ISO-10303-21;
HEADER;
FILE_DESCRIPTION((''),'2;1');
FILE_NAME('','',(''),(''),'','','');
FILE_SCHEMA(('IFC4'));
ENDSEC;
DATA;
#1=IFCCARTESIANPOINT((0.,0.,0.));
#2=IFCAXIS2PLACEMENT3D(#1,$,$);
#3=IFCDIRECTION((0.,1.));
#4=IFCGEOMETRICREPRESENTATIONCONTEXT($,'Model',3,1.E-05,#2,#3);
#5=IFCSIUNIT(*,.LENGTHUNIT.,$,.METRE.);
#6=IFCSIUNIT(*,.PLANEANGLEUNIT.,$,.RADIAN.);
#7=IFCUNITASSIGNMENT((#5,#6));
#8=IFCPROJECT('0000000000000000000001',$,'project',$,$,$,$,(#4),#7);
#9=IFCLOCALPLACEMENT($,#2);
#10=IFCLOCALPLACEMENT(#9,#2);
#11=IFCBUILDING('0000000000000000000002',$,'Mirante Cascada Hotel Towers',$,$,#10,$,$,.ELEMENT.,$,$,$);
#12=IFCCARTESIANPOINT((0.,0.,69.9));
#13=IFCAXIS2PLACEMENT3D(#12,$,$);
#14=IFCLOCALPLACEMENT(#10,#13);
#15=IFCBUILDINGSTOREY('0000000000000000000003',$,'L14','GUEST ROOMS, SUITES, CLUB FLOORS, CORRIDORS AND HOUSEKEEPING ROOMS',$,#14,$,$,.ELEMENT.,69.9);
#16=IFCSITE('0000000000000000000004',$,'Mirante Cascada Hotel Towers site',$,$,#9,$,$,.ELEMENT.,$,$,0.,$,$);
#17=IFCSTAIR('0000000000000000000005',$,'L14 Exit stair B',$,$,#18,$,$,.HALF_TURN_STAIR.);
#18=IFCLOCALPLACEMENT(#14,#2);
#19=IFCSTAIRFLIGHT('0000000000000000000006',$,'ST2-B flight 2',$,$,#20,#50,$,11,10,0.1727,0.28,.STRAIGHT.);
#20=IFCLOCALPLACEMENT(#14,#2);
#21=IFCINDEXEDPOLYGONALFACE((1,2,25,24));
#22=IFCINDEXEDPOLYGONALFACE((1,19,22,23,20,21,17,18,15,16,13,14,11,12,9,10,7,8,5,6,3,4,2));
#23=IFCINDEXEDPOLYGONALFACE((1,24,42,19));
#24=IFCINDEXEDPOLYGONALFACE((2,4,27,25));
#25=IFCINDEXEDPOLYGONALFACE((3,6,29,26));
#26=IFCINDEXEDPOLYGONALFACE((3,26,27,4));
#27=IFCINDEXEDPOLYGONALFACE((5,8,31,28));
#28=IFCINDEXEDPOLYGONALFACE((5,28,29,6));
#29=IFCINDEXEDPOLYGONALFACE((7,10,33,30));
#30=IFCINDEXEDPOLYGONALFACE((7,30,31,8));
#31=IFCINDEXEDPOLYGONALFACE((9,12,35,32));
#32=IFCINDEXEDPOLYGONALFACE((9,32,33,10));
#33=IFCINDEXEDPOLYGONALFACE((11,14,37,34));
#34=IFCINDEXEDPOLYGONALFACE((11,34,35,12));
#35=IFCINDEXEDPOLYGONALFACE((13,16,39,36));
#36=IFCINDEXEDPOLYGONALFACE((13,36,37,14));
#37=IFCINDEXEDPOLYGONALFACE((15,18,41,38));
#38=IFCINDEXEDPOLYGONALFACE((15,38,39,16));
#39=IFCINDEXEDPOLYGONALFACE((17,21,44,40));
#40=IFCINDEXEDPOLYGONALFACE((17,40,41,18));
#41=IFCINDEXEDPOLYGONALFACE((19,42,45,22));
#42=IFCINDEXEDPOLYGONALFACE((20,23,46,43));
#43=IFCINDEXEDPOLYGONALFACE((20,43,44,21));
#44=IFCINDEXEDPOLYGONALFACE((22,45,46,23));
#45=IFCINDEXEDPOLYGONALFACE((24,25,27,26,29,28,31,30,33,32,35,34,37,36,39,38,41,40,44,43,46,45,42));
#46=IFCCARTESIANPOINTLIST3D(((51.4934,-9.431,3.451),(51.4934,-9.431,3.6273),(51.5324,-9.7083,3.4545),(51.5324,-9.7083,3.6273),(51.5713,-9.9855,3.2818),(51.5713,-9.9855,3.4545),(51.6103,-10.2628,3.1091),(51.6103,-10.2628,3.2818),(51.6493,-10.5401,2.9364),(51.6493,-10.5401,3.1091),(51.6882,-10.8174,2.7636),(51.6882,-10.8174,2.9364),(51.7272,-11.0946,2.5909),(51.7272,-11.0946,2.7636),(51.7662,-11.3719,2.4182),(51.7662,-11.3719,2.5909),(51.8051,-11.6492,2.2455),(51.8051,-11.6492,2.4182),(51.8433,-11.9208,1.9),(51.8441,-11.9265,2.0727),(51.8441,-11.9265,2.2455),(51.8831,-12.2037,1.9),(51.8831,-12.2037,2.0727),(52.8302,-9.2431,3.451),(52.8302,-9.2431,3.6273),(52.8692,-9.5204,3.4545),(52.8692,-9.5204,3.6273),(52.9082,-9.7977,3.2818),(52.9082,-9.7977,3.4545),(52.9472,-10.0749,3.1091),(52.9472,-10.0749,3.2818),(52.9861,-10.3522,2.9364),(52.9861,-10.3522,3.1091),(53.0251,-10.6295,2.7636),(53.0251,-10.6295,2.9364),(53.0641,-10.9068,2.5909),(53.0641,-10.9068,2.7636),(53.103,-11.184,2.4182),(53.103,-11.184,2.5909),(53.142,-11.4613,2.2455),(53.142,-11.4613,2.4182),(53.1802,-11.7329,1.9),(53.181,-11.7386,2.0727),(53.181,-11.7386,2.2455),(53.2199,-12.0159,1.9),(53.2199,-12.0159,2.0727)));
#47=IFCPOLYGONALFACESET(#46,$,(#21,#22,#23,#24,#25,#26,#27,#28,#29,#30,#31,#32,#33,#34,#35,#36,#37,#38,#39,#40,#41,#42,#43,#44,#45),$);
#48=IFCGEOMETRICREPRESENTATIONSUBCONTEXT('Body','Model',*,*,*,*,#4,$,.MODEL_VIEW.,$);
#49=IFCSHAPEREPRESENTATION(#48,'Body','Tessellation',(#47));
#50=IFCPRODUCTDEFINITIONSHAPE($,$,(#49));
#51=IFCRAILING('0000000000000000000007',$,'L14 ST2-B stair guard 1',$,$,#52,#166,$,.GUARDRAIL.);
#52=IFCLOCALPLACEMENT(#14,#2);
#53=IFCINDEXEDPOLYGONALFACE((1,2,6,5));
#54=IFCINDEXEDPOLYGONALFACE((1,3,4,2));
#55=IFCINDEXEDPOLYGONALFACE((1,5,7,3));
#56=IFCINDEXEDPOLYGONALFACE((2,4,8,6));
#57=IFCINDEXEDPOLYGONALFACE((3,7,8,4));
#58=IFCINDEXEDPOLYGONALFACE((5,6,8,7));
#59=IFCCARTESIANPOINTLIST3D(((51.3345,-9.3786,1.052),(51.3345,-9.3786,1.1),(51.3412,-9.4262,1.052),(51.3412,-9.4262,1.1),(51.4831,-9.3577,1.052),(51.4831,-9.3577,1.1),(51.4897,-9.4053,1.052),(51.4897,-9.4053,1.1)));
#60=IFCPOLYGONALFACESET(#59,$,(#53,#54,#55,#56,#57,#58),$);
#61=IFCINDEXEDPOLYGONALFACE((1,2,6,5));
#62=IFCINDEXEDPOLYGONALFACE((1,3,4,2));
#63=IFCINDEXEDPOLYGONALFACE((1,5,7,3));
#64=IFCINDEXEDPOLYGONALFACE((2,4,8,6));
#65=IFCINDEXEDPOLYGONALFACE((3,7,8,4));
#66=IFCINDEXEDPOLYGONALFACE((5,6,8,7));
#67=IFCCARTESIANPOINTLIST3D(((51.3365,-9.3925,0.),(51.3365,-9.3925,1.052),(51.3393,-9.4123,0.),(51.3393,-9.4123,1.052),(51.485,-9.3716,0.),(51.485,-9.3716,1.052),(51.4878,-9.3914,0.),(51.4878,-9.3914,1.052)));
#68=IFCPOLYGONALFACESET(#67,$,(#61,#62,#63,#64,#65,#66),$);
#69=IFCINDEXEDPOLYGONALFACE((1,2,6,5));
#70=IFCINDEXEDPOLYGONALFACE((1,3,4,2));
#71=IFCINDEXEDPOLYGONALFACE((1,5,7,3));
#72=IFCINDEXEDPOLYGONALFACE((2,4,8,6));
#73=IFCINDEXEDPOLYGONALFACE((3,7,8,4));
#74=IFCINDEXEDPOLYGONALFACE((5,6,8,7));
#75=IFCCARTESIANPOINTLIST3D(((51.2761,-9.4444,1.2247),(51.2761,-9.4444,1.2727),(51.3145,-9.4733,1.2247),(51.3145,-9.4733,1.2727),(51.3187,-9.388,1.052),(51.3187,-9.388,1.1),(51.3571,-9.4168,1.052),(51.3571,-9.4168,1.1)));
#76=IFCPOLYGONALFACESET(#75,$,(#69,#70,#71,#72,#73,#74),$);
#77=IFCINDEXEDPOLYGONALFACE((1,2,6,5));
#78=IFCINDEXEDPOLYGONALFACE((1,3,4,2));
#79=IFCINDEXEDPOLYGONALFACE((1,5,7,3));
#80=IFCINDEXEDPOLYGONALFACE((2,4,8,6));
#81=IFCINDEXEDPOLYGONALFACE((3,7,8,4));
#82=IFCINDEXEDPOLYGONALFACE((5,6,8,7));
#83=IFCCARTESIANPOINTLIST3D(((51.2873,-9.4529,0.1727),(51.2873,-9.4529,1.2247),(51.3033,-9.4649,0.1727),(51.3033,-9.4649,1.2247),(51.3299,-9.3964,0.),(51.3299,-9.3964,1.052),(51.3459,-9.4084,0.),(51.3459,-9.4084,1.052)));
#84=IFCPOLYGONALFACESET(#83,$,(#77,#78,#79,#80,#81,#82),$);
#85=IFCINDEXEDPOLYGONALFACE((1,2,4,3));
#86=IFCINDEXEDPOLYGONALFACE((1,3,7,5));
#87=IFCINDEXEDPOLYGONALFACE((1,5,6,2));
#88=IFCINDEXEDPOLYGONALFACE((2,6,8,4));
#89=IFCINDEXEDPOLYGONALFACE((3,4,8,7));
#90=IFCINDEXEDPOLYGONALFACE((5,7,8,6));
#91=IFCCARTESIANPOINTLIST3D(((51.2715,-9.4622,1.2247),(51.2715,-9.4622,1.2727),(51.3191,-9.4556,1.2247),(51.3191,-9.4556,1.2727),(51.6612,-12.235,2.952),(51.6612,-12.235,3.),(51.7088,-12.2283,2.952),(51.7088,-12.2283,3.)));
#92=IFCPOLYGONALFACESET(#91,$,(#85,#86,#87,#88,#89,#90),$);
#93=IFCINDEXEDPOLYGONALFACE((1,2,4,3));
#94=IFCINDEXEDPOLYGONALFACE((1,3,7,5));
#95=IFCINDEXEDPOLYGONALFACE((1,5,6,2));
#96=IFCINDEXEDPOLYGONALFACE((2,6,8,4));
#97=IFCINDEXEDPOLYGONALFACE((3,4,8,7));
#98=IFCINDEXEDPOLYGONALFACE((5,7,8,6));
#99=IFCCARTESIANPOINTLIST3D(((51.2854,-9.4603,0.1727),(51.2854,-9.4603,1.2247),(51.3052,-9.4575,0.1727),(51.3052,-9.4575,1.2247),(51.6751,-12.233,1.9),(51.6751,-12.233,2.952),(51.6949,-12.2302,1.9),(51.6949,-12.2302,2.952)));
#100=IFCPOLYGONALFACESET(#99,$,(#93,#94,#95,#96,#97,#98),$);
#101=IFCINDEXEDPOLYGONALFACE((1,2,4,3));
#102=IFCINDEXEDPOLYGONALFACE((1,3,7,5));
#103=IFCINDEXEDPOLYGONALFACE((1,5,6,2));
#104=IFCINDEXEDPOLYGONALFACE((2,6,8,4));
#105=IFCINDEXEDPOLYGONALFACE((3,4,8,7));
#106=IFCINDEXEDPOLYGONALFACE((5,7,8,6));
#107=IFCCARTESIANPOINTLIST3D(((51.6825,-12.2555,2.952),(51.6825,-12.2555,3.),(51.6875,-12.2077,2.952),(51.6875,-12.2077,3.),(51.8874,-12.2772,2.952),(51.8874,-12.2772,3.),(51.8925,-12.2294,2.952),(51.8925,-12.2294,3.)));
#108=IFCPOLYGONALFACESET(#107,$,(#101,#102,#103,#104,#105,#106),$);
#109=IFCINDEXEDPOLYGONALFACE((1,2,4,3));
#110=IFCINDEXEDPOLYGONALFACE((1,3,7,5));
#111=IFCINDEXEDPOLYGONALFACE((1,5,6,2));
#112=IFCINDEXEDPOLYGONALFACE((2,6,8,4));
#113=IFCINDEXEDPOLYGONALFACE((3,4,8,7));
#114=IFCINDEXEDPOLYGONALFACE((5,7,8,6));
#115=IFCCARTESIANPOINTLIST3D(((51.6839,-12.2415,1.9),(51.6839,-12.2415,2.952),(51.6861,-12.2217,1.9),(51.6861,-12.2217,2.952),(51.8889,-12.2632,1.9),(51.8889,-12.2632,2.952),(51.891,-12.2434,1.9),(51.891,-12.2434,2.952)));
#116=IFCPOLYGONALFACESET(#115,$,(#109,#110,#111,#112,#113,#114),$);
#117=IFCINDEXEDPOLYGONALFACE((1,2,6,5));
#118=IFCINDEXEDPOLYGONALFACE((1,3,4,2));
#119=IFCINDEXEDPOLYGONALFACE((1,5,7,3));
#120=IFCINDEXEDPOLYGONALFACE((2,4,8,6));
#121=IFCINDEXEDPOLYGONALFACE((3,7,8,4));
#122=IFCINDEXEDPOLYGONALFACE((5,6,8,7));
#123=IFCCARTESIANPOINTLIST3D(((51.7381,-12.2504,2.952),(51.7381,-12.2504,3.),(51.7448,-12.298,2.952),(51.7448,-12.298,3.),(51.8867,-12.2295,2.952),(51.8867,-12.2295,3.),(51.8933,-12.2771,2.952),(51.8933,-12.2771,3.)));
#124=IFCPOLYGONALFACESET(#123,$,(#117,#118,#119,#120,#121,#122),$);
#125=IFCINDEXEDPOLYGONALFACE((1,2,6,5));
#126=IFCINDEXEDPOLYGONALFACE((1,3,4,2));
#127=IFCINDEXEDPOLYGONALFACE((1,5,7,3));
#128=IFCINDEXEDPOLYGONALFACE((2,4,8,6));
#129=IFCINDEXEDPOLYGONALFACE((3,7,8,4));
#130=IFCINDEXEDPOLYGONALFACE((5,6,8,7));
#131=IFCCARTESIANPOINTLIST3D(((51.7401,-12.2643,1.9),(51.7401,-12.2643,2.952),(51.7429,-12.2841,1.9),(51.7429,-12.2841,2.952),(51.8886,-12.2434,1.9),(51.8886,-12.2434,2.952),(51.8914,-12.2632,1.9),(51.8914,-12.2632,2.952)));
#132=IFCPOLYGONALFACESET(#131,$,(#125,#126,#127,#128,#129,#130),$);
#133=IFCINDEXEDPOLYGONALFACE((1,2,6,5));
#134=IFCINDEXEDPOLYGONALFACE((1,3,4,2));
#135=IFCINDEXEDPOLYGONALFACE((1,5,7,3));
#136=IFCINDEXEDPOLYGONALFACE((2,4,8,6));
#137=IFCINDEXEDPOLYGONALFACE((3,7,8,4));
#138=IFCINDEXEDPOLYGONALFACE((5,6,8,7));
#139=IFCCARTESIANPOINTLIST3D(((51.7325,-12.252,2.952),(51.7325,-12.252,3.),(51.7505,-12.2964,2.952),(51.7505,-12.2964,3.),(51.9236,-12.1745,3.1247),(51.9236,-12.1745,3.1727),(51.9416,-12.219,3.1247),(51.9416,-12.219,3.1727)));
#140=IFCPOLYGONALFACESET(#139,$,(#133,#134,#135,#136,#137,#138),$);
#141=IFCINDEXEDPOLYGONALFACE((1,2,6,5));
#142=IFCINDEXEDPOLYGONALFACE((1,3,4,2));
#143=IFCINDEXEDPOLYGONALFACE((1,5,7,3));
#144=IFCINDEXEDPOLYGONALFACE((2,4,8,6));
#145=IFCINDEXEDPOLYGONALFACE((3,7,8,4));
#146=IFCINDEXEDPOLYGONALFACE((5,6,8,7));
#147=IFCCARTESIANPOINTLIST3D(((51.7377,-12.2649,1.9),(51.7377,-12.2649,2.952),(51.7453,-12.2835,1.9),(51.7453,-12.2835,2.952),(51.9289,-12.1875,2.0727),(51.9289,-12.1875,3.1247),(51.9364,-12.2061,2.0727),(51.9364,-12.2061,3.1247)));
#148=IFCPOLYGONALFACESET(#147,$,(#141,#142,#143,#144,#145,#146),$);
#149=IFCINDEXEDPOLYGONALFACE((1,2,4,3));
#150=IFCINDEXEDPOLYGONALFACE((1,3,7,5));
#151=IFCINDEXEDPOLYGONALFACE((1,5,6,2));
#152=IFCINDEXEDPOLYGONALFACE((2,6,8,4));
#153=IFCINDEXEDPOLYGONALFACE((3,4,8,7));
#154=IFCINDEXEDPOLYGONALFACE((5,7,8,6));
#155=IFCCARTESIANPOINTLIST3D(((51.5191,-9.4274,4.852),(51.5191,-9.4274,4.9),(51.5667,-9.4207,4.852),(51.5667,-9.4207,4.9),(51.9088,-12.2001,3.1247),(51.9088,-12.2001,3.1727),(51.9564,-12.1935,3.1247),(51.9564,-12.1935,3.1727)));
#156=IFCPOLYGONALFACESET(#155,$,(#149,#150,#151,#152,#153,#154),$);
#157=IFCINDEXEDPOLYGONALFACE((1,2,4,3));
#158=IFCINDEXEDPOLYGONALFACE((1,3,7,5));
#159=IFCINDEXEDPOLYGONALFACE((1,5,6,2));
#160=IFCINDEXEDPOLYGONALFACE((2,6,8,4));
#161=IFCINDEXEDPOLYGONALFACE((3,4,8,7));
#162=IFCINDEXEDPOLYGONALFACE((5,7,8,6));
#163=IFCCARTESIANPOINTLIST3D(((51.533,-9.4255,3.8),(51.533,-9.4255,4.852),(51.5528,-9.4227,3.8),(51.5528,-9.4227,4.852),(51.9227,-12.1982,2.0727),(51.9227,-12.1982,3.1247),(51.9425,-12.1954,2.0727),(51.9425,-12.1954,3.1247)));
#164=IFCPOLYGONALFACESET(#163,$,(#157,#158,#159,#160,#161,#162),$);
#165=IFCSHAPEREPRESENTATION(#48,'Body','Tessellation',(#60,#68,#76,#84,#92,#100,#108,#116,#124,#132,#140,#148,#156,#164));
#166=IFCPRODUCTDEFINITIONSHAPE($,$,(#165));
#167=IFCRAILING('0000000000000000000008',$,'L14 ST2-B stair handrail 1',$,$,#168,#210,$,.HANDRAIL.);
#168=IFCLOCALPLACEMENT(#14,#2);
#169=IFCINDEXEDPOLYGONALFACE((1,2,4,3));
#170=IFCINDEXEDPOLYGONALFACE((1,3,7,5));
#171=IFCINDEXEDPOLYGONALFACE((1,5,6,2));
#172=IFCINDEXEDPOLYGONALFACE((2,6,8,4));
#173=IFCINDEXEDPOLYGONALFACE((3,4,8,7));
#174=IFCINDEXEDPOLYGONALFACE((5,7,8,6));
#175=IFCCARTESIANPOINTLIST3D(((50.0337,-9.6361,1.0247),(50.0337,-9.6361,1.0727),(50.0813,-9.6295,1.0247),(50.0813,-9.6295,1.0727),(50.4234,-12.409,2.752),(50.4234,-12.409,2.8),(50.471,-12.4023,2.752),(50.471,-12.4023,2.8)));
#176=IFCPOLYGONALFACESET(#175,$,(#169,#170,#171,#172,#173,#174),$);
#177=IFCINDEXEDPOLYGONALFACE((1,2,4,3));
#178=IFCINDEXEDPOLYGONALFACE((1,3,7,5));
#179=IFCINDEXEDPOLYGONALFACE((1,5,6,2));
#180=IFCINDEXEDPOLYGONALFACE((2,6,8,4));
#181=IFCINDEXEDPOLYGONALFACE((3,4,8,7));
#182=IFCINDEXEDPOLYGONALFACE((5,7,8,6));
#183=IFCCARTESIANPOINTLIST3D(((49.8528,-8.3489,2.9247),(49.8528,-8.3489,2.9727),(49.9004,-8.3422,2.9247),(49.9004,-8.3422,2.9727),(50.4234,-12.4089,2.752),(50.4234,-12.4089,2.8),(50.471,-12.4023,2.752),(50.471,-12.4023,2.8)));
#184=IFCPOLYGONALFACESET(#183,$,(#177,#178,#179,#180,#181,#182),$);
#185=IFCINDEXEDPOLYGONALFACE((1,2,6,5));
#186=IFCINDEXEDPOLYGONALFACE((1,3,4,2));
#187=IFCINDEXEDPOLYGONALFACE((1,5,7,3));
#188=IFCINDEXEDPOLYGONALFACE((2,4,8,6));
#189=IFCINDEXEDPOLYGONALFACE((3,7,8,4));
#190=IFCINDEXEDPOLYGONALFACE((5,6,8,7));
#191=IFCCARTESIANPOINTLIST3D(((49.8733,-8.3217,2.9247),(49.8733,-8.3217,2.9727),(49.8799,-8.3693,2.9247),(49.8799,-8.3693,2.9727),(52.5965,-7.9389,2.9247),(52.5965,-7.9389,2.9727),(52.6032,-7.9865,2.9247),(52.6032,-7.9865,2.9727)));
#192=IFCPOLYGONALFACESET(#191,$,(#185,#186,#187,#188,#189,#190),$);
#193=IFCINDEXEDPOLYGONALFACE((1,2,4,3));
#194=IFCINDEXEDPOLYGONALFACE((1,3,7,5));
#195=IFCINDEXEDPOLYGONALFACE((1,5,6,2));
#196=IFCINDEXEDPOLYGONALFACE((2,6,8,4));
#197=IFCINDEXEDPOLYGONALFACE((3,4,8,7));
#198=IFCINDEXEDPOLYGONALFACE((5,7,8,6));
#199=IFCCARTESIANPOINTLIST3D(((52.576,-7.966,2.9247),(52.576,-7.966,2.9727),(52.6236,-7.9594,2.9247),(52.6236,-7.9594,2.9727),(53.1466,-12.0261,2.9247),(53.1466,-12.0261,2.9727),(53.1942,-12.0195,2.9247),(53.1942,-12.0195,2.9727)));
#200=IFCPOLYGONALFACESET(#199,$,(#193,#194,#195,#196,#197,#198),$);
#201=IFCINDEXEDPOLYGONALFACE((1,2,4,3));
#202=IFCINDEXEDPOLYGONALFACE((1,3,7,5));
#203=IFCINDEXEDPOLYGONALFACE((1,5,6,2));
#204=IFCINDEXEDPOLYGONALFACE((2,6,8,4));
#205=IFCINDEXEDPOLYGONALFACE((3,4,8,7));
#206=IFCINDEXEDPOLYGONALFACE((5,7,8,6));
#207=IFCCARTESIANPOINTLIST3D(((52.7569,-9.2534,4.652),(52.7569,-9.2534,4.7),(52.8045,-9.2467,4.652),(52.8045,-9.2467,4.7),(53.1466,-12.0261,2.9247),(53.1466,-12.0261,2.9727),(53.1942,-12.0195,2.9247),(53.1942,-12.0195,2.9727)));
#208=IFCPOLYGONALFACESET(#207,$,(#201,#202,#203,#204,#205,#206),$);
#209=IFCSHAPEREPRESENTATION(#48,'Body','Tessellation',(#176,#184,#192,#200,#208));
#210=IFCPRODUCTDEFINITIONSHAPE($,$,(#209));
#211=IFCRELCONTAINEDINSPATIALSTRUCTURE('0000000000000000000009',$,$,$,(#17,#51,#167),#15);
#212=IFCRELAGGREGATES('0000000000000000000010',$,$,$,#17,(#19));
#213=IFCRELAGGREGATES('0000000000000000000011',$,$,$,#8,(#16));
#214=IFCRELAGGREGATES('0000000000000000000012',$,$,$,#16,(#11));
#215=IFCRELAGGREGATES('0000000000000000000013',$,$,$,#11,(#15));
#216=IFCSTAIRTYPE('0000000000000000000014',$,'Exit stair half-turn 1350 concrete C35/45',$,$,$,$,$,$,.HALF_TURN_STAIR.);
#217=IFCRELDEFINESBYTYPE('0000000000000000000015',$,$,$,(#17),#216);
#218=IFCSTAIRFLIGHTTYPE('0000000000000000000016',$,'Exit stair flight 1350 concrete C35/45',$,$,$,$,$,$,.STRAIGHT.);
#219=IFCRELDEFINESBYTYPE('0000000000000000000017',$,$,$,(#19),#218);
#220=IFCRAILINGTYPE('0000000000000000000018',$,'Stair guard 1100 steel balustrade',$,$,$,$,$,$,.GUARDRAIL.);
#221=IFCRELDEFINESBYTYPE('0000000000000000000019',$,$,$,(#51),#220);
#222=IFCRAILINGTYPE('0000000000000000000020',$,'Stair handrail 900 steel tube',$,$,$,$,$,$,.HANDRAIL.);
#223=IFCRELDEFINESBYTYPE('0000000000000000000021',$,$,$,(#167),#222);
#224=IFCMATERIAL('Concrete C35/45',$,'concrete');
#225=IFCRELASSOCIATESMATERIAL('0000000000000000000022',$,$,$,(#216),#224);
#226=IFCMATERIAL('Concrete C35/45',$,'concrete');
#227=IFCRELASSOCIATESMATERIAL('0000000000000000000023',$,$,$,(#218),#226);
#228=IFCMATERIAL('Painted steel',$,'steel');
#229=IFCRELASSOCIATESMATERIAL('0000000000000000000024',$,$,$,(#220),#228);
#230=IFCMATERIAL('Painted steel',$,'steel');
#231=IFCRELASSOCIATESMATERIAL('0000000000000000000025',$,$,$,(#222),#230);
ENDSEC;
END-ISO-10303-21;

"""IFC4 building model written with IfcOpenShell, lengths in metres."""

from ifc_helpers import new_model, si_unit, direction, frame, origin, origin_2d, place, context, subcontext, project, spatial, polyline, rectangle, outline, extrude, material, type_object, element, aggregate, save


model = new_model("IFC4")

# Units and contexts
model_context = context("Model", 3, precision=1e-05, world=origin(), true_north=direction((0.0, 1.0)))
body_context = subcontext(model_context, "Body", "Model", "MODEL_VIEW")
ifc_project = project(units=[si_unit("LENGTHUNIT", "METRE"), si_unit("PLANEANGLEUNIT", "RADIAN")], contexts=[model_context])

# Site, building, storey
site_placement = place(None, origin())
site = spatial("IfcSite", under=ifc_project, at=site_placement, Name="Mirante Cascada Hotel Towers site", CompositionType="ELEMENT", RefElevation=0.0)
building_placement = place(site_placement, origin())
building = spatial("IfcBuilding", under=site, at=building_placement, Name="Mirante Cascada Hotel Towers", CompositionType="ELEMENT")
storey_placement = place(building_placement, frame((0.0, 0.0, 69.9)))
storey = spatial("IfcBuildingStorey", under=building, at=storey_placement, Name="L14", Description="GUEST ROOMS, SUITES, CLUB FLOORS, CORRIDORS AND HOUSEKEEPING ROOMS", CompositionType="ELEMENT", Elevation=69.9)

# Stair, stair flight
ifc_material_1 = material(Name="Concrete C35/45", Category="concrete")
stair_type = type_object("IfcStairType", Name="Exit stair half-turn 1350 concrete C35/45", PredefinedType="HALF_TURN_STAIR", material=ifc_material_1)
stair_placement = place(storey_placement, origin())
stair = element("IfcStair", 1, at=stair_placement, inside=storey, type_object=stair_type, Name="L14 Exit stair B", PredefinedType="HALF_TURN_STAIR")
ifc_material_2 = material(Name="Concrete C35/45", Category="concrete")
stair_flight_type = type_object("IfcStairFlightType", Name="Exit stair flight 1350 concrete C35/45", PredefinedType="STRAIGHT", material=ifc_material_2)
stair_flight_1_placement = place(storey_placement, frame((52.5515, -12.1098, 1.9), z_axis=(0.0, 0.0, 1.0), x_axis=(-0.139173, 0.990268, 0.0)))
stair_flight_1 = element("IfcStairFlight", 2, at=stair_flight_1_placement, type_object=stair_flight_type, Name="ST2-B flight 2", NumberOfRisers=11, NumberOfTreads=10, PredefinedType="STRAIGHT", RiserHeight=0.1727, TreadLength=0.28, context=body_context, shape_type="SweptSolid", body=[
    extrude(outline(polyline([(0.0, 0.0), (0.0, 0.1727), (0.28, 0.1727), (0.28, 0.3455), (0.56, 0.3455), (0.56, 0.5182), (0.84, 0.5182), (0.84, 0.6909), (1.12, 0.6909), (1.12, 0.8636), (1.4, 0.8636), (1.4, 1.0364), (1.68, 1.0364), (1.68, 1.2091), (1.96, 1.2091), (1.96, 1.3818), (2.24, 1.3818), (2.24, 1.5545), (2.52, 1.5545), (2.52, 1.7273), (2.8, 1.7273), (2.8, 1.9), (2.8, 1.551), (0.2857, 0.0), (0.0, 0.0)])), frame((0.0, 0.675, 0.0), z_axis=(0.0, -1.0, 0.0), x_axis=(1.0, 0.0, 0.0)), (0.0, 0.0, 1.0), 1.35),
])
aggregate(stair, [stair_flight_1])

# Railings
ifc_material_3 = material(Name="Painted steel", Category="steel")
railing_type_1 = type_object("IfcRailingType", Name="Stair guard 1100 steel balustrade", PredefinedType="GUARDRAIL", material=ifc_material_3)
railing_1_placement = place(storey_placement, frame((51.4864, -9.3815, 0.0)))
element("IfcRailing", 3, at=railing_1_placement, inside=storey, type_object=railing_type_1, Name="L14 ST2-B stair guard 1", PredefinedType="GUARDRAIL", context=body_context, shape_type="SweptSolid", body=[
    extrude(rectangle(XDim=0.048, YDim=0.048, at=origin_2d()), frame((0.0, 0.0, 1.076), z_axis=(-0.990241, -0.139367, 0.0), x_axis=(0.139367, -0.990241, 0.0)), (0.0, 0.0, 1.0), 0.15),
    extrude(rectangle(XDim=0.02, YDim=1.052, at=origin_2d()), frame((0.0, 0.0, 0.526), z_axis=(-0.990241, -0.139367, 0.0), x_axis=(0.139367, -0.990241, 0.0)), (0.0, 0.0, 1.0), 0.15),
    extrude(rectangle(XDim=0.048, YDim=0.048, at=origin_2d()), frame((-0.1485, -0.0209, 1.076), z_axis=(-0.602033, -0.798471, 0.0), x_axis=(0.798471, -0.602033, 0.0)), (0.0, 0.92534, 0.379139), 0.1866),
    extrude(rectangle(XDim=0.02, YDim=1.052, at=origin_2d()), frame((-0.1485, -0.0209, 0.526), z_axis=(-0.602033, -0.798471, 0.0), x_axis=(0.798471, -0.602033, 0.0)), (0.0, 0.92534, 0.379139), 0.1866),
    extrude(rectangle(XDim=0.048, YDim=0.048, at=origin_2d()), frame((-0.1911, -0.0774, 1.2487), z_axis=(0.139181, -0.990267, 0.0), x_axis=(0.990267, 0.139181, 0.0)), (0.0, 0.525035, 0.851081), 3.2899),
    extrude(rectangle(XDim=0.02, YDim=1.052, at=origin_2d()), frame((-0.1911, -0.0774, 0.6987), z_axis=(0.139181, -0.990267, 0.0), x_axis=(0.990267, 0.139181, 0.0)), (0.0, 0.525035, 0.851081), 3.2899),
    extrude(rectangle(XDim=0.048, YDim=0.048, at=origin_2d()), frame((0.1986, -2.8501, 2.976), z_axis=(0.994444, -0.105266, 0.0), x_axis=(0.105266, 0.994444, 0.0)), (0.0, 0.0, 1.0), 0.2061),
    extrude(rectangle(XDim=0.02, YDim=1.052, at=origin_2d()), frame((0.1986, -2.8501, 2.426), z_axis=(0.994444, -0.105266, 0.0), x_axis=(0.105266, 0.994444, 0.0)), (0.0, 0.0, 1.0), 0.2061),
    extrude(rectangle(XDim=0.048, YDim=0.048, at=origin_2d()), frame((0.4036, -2.8718, 2.976), z_axis=(-0.990241, -0.139367, 0.0), x_axis=(0.139367, -0.990241, 0.0)), (0.0, 0.0, 1.0), 0.15),
    extrude(rectangle(XDim=0.02, YDim=1.052, at=origin_2d()), frame((0.4036, -2.8718, 2.426), z_axis=(-0.990241, -0.139367, 0.0), x_axis=(0.139367, -0.990241, 0.0)), (0.0, 0.0, 1.0), 0.15),
    extrude(rectangle(XDim=0.048, YDim=0.048, at=origin_2d()), frame((0.2551, -2.8927, 2.976), z_axis=(0.926862, 0.375401, 0.0), x_axis=(-0.375401, 0.926862, 0.0)), (0.0, 0.642122, 0.766603), 0.269),
    extrude(rectangle(XDim=0.02, YDim=1.052, at=origin_2d()), frame((0.2551, -2.8927, 2.426), z_axis=(0.926862, 0.375401, 0.0), x_axis=(-0.375401, 0.926862, 0.0)), (0.0, 0.642122, 0.766603), 0.269),
    extrude(rectangle(XDim=0.048, YDim=0.048, at=origin_2d()), frame((0.4462, -2.8153, 3.1487), z_axis=(-0.139181, 0.990267, 0.0), x_axis=(-0.990267, -0.139181, 0.0)), (0.0, 0.525035, 0.851081), 3.2899),
    extrude(rectangle(XDim=0.02, YDim=1.052, at=origin_2d()), frame((0.4462, -2.8153, 2.5987), z_axis=(-0.139181, 0.990267, 0.0), x_axis=(-0.990267, -0.139181, 0.0)), (0.0, 0.525035, 0.851081), 3.2899),
])
ifc_material_4 = material(Name="Painted steel", Category="steel")
railing_type_2 = type_object("IfcRailingType", Name="Stair handrail 900 steel tube", PredefinedType="HANDRAIL", material=ifc_material_4)
railing_2_placement = place(storey_placement, frame((50.0575, -9.6328, 0.1727)))
element("IfcRailing", 4, at=railing_2_placement, inside=storey, type_object=railing_type_2, Name="L14 ST2-B stair handrail 1", PredefinedType="HANDRAIL", context=body_context, shape_type="SweptSolid", body=[
    extrude(rectangle(XDim=0.048, YDim=0.048, at=origin_2d()), frame((0.0, 0.0, 0.876), z_axis=(0.139176, -0.990268, 0.0), x_axis=(0.990268, 0.139176, 0.0)), (0.0, 0.525021, 0.851089), 3.29),
    extrude(rectangle(XDim=0.048, YDim=0.048, at=origin_2d()), frame((0.3897, -2.7728, 2.6033), z_axis=(-0.139171, 0.990268, 0.0), x_axis=(-0.990268, -0.139171, 0.0)), (0.0, 0.042085, 0.999114), 4.1036),
    extrude(rectangle(XDim=0.048, YDim=0.048, at=origin_2d()), frame((-0.1809, 1.2873, 2.776), z_axis=(0.990264, 0.139201, 0.0), x_axis=(-0.139201, 0.990264, 0.0)), (0.0, 0.0, 1.0), 2.75),
    extrude(rectangle(XDim=0.048, YDim=0.048, at=origin_2d()), frame((2.5423, 1.6701, 2.776), z_axis=(0.139171, -0.990268, 0.0), x_axis=(0.990268, 0.139171, 0.0)), (0.0, 0.0, 1.0), 4.1),
    extrude(rectangle(XDim=0.048, YDim=0.048, at=origin_2d()), frame((3.1129, -2.39, 2.776), z_axis=(-0.139181, 0.990267, 0.0), x_axis=(-0.990267, -0.139181, 0.0)), (0.0, 0.525035, 0.851081), 3.2899),
])

save(model, "model.ifc")
